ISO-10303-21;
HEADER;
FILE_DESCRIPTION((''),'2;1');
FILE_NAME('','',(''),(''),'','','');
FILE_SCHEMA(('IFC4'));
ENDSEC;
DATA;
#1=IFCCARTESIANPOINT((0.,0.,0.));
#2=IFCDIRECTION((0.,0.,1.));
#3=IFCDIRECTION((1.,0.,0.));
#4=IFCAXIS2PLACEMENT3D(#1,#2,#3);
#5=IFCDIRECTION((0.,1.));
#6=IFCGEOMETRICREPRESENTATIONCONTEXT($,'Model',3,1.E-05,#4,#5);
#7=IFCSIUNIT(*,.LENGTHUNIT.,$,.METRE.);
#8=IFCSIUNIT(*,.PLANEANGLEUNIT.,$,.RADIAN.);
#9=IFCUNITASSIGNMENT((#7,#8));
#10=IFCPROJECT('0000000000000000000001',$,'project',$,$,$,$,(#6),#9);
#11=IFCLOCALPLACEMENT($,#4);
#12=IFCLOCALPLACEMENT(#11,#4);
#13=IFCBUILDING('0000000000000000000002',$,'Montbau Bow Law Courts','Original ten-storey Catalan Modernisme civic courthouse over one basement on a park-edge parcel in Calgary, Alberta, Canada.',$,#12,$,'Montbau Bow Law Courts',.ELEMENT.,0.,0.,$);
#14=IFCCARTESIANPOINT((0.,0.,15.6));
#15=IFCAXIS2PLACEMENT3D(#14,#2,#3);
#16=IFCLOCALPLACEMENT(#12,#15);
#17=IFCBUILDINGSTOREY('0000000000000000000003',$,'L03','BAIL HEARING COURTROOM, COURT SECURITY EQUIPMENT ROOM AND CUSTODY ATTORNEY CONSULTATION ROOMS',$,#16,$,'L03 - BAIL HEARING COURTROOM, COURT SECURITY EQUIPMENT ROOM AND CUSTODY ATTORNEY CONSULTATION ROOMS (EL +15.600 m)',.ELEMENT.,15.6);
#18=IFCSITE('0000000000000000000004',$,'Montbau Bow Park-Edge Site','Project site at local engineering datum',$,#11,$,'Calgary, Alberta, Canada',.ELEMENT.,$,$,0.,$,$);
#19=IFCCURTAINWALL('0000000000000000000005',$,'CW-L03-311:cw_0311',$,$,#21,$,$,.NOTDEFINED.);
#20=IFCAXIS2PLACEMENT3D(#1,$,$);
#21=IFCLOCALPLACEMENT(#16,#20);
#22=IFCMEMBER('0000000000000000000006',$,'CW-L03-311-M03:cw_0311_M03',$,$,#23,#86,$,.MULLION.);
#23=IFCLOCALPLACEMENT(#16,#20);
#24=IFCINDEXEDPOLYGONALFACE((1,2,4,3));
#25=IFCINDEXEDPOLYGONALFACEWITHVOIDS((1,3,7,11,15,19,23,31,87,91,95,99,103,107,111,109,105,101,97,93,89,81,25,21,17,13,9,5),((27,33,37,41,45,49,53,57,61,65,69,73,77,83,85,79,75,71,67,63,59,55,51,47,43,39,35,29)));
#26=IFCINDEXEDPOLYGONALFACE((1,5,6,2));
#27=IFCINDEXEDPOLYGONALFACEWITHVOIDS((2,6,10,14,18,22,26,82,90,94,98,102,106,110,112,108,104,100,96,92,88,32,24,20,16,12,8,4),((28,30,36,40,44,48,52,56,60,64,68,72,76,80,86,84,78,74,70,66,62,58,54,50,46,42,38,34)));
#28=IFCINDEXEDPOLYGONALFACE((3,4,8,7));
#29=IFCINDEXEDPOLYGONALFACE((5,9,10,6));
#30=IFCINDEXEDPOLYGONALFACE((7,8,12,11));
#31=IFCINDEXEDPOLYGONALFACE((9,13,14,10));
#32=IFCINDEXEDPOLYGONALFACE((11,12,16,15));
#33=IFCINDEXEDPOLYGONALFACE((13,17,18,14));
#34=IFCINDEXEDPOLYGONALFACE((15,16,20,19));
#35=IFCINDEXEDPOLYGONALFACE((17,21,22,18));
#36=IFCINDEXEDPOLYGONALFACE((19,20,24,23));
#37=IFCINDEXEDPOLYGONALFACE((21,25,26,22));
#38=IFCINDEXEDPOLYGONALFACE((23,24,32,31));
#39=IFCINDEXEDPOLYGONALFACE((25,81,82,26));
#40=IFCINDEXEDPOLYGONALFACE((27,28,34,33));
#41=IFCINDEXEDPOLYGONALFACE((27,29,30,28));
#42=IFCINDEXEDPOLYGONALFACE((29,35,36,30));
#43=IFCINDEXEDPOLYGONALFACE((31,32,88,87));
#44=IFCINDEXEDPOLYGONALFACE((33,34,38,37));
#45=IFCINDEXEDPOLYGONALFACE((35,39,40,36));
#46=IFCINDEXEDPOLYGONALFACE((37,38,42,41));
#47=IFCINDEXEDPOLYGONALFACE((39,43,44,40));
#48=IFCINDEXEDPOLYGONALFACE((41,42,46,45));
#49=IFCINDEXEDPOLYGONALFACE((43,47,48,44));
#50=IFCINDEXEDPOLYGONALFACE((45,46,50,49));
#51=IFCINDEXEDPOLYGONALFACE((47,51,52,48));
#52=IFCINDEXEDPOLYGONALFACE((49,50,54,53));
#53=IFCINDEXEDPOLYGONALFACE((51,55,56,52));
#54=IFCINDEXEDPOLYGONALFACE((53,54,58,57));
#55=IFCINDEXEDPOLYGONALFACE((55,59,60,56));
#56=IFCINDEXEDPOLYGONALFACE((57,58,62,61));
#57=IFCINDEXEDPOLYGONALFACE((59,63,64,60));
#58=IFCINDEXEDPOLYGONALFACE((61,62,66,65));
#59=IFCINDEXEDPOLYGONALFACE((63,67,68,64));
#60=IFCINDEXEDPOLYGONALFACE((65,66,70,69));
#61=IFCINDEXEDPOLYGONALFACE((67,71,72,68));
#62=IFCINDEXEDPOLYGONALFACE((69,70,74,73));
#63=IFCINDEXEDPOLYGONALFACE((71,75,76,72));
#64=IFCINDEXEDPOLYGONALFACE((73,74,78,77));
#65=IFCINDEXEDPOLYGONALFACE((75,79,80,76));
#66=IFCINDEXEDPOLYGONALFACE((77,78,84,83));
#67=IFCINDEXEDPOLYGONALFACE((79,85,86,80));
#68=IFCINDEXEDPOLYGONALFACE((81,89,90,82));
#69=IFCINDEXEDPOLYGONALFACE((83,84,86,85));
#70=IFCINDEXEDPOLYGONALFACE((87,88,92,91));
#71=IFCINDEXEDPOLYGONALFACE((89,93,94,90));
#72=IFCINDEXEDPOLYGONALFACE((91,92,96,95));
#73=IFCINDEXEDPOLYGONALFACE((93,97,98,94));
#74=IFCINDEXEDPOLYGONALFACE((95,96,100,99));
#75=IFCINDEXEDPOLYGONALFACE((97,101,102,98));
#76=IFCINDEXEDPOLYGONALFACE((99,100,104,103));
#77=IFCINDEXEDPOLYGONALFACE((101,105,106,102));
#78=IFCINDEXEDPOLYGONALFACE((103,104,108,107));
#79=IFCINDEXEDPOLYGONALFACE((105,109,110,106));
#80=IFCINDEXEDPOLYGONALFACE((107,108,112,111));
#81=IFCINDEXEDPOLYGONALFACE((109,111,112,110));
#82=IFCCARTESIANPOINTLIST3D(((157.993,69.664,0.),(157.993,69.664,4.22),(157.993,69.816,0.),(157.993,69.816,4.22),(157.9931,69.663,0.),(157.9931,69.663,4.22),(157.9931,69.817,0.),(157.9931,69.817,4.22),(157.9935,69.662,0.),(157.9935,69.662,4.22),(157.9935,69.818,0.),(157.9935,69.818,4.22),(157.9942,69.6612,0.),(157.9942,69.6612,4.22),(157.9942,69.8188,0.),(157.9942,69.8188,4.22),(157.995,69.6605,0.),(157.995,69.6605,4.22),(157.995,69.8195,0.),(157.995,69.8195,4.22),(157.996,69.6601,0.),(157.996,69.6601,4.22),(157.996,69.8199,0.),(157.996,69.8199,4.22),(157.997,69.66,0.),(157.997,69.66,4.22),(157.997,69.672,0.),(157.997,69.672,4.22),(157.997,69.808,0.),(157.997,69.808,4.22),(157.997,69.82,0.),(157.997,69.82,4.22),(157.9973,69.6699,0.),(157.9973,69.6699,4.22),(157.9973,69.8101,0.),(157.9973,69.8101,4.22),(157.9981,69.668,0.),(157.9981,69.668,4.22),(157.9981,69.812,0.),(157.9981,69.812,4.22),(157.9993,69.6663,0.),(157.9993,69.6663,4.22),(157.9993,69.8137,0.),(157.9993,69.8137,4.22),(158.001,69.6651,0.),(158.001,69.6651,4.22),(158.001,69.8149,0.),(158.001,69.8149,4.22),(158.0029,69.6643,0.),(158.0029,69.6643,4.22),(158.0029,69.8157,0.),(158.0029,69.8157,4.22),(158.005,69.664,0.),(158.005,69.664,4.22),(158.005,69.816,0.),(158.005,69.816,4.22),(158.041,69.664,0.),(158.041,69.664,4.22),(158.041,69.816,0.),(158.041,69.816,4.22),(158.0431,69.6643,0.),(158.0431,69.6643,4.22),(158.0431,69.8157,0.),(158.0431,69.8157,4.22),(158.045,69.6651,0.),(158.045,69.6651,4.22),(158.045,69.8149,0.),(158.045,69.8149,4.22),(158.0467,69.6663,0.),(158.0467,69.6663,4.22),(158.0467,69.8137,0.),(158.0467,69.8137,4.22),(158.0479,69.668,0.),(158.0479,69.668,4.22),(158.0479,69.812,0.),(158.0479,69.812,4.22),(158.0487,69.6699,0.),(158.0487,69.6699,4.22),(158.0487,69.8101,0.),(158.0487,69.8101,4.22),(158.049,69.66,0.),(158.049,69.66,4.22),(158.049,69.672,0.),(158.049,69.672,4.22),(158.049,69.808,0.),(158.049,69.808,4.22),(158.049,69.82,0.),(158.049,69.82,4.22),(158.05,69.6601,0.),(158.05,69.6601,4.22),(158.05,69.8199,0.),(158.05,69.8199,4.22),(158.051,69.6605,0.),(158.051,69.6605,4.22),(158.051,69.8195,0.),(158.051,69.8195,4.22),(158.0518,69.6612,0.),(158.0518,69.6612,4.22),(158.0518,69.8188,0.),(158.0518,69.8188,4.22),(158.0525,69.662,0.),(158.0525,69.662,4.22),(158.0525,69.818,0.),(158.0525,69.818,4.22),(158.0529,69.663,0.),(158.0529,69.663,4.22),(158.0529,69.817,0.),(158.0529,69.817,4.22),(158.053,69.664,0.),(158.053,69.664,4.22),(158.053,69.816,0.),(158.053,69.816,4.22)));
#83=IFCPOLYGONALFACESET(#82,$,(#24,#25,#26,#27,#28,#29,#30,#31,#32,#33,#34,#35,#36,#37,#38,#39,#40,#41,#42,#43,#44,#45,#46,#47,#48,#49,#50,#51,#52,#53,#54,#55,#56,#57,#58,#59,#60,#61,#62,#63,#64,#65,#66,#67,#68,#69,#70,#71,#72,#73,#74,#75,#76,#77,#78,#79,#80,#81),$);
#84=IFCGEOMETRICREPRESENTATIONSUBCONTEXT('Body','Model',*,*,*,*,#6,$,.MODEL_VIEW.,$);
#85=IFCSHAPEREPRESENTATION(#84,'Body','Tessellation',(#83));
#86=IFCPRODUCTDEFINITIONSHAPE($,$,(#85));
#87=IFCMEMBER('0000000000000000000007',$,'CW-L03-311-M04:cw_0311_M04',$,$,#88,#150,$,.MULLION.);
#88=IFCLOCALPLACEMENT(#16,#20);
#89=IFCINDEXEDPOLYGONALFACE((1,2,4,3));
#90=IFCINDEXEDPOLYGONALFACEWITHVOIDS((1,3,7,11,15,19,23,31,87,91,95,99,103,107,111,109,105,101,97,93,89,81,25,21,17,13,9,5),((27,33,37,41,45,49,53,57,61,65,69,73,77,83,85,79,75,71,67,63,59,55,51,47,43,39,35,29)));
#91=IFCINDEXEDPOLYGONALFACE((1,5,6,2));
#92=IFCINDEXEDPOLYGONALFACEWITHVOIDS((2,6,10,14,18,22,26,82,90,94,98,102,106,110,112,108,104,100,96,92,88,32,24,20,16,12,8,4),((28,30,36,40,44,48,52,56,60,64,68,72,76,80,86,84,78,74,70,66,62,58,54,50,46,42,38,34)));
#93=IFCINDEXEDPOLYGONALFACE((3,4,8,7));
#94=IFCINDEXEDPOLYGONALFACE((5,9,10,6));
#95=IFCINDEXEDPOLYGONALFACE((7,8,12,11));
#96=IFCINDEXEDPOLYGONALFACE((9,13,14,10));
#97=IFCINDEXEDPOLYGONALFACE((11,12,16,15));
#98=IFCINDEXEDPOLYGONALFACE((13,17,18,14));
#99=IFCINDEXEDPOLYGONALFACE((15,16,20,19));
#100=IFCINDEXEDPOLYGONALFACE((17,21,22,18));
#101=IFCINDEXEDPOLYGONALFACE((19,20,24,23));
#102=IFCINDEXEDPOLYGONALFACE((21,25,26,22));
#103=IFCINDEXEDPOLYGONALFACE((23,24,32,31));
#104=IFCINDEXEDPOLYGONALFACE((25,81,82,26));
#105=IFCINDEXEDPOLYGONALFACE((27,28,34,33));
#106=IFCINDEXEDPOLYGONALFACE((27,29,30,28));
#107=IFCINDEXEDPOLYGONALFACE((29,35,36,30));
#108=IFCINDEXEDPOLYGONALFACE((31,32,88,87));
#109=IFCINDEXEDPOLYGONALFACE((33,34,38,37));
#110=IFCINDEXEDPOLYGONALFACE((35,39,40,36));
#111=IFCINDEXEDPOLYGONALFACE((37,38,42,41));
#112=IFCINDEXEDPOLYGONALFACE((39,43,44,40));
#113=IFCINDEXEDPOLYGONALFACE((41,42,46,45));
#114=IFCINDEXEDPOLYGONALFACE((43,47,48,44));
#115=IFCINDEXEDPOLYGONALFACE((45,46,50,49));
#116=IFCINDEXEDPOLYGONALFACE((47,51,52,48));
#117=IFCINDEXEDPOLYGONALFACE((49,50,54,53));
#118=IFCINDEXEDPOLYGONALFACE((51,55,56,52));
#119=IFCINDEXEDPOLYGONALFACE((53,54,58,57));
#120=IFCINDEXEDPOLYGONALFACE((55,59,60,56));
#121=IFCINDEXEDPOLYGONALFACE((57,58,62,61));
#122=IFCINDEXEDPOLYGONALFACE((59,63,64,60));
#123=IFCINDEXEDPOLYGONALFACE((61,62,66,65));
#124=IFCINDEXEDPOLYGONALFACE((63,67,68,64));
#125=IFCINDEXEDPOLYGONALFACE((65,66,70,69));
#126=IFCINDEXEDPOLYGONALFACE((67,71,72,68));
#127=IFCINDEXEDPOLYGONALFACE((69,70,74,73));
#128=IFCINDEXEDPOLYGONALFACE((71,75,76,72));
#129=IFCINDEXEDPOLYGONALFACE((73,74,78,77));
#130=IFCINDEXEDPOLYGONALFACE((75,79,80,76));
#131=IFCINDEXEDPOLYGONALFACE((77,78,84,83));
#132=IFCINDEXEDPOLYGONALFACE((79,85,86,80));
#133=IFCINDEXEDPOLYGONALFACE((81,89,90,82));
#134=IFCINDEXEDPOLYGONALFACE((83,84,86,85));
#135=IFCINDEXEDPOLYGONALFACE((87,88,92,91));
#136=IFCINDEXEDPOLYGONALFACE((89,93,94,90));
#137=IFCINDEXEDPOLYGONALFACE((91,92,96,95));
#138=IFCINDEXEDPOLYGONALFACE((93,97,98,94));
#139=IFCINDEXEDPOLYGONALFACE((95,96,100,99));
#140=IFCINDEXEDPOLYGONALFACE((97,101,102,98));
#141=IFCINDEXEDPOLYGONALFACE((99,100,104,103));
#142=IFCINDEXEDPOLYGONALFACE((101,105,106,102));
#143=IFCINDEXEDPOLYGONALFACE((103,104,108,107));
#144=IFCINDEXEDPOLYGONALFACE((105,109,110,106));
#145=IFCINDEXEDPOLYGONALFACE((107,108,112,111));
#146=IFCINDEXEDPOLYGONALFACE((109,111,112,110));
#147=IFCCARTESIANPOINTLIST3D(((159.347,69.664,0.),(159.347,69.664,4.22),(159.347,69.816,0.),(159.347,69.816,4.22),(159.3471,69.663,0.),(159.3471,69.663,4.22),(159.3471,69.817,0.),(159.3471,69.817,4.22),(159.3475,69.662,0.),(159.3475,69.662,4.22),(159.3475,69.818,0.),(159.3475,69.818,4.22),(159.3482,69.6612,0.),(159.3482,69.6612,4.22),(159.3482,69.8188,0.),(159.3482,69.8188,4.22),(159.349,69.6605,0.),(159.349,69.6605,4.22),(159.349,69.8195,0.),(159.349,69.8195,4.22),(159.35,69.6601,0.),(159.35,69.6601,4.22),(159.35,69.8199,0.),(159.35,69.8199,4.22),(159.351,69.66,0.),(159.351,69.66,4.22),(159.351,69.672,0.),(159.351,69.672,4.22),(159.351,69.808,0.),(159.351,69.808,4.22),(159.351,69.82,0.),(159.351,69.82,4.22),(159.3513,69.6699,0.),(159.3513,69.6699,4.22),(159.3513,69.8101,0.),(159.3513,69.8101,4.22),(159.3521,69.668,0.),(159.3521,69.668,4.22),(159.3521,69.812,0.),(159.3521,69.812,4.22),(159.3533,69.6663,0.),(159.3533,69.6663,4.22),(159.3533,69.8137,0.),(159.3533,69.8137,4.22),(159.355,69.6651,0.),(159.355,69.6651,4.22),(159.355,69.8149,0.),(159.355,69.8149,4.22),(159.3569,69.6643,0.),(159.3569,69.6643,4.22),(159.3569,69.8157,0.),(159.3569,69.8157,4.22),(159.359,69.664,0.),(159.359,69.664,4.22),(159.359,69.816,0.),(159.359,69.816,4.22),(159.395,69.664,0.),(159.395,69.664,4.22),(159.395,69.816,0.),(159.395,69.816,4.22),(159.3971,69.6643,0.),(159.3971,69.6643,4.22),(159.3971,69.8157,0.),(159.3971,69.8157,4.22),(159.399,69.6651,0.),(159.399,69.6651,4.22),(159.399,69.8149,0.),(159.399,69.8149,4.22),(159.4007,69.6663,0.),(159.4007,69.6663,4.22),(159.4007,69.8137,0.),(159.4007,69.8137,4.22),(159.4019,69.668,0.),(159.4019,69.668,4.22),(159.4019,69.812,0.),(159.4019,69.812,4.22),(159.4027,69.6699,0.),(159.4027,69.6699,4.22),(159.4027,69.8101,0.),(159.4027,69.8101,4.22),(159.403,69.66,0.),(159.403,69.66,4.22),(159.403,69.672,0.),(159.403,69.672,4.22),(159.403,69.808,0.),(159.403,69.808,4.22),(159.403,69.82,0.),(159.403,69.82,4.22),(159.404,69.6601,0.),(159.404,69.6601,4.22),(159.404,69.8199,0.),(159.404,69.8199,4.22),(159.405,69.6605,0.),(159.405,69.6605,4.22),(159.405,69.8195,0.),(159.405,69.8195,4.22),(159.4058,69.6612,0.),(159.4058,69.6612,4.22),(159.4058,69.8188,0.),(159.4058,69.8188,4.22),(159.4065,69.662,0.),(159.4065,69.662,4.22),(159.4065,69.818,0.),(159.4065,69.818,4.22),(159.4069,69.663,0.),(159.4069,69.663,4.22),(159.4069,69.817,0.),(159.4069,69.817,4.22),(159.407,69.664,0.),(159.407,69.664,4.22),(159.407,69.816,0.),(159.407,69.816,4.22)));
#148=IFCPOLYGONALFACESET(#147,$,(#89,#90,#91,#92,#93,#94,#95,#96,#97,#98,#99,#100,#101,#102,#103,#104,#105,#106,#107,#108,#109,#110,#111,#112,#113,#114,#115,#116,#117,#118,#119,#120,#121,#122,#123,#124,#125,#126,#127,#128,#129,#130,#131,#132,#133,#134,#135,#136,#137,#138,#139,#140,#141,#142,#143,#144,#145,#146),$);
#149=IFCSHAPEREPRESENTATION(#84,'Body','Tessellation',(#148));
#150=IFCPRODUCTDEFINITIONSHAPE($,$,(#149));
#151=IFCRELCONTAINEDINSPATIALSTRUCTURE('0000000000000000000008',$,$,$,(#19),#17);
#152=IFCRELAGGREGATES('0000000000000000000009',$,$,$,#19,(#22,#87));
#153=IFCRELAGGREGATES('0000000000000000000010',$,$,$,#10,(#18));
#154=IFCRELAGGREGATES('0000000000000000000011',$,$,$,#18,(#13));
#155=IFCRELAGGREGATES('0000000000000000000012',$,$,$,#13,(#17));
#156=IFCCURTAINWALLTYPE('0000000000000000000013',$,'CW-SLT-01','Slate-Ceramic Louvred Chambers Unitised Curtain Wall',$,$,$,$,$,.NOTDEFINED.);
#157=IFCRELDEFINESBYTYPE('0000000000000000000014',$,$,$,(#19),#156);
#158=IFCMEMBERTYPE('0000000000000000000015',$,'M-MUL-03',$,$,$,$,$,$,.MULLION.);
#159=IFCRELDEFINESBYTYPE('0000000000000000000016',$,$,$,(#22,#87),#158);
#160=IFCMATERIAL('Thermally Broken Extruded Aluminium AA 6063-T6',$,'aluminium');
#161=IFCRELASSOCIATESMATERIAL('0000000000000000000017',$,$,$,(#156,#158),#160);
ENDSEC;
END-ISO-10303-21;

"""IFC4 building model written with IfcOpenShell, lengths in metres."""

from ifc_helpers import new_model, si_unit, direction, frame, origin_with_axes, origin_2d_with_axis, place, context, subcontext, project, spatial, hollow_rectangle, extrude, material, material_profile, profile_set, type_object, element, aggregate, save


model = new_model("IFC4")

# Units and contexts
model_context = context("Model", 3, precision=1e-05, world=origin_with_axes(), true_north=direction((0.0, 1.0)))
body_context = subcontext(model_context, "Body", "Model", "MODEL_VIEW")
ifc_project = project(units=[si_unit("LENGTHUNIT", "METRE"), si_unit("PLANEANGLEUNIT", "RADIAN")], contexts=[model_context])

# Site, building, storey
site_placement = place(None, origin_with_axes())
site = spatial("IfcSite", under=ifc_project, at=site_placement, Name="Montbau Bow Park-Edge Site", Description="Project site at local engineering datum", LongName="Calgary, Alberta, Canada", CompositionType="ELEMENT", RefElevation=0.0)
building_placement = place(site_placement, origin_with_axes())
building = spatial("IfcBuilding", under=site, at=building_placement, Name="Montbau Bow Law Courts", Description="Original ten-storey Catalan Modernisme civic courthouse over one basement on a park-edge parcel in Calgary, Alberta, Canada.", LongName="Montbau Bow Law Courts", CompositionType="ELEMENT", ElevationOfRefHeight=0.0, ElevationOfTerrain=0.0)
storey_placement = place(building_placement, frame((0.0, 0.0, 15.6), z_axis=(0.0, 0.0, 1.0), x_axis=(1.0, 0.0, 0.0)))
storey = spatial("IfcBuildingStorey", under=building, at=storey_placement, Name="L03", Description="BAIL HEARING COURTROOM, COURT SECURITY EQUIPMENT ROOM AND CUSTODY ATTORNEY CONSULTATION ROOMS", LongName="L03 - BAIL HEARING COURTROOM, COURT SECURITY EQUIPMENT ROOM AND CUSTODY ATTORNEY CONSULTATION ROOMS (EL +15.600 m)", CompositionType="ELEMENT", Elevation=15.6)

# Curtain wall, members
ifc_material_1 = material(Name="Thermally Broken Extruded Aluminium AA 6063-T6", Category="aluminium")
curtain_wall_type = type_object("IfcCurtainWallType", Name="CW-SLT-01", Description="Slate-Ceramic Louvred Chambers Unitised Curtain Wall", PredefinedType="NOTDEFINED", material=ifc_material_1)
curtain_wall_placement = place(None, frame((155.315, 69.74, 15.6), z_axis=(0.0, 0.0, 1.0), x_axis=(1.0, 0.0, 0.0)))
curtain_wall = element("IfcCurtainWall", 1, at=curtain_wall_placement, inside=storey, type_object=curtain_wall_type, Name="CW-L03-311:cw_0311", PredefinedType="NOTDEFINED")
ifc_material_profile_1 = material_profile(ifc_material_1, hollow_rectangle(XDim=0.06, YDim=0.16, WallThickness=0.004, InnerFilletRadius=0.008, OuterFilletRadius=0.004, at=origin_2d_with_axis()), Name="CWM-160X60", Category="Main", Priority=0)
ifc_profile_set_1 = profile_set([ifc_material_profile_1], Name="Thermally Broken Extruded Aluminium AA 6063-T6")
member_type_1 = type_object("IfcMemberType", Name="M-MUL-03", PredefinedType="MULLION", material=ifc_profile_set_1)
member_1_placement = place(None, frame((158.023, 69.74, 15.6), z_axis=(0.0, 0.0, 1.0), x_axis=(1.0, 0.0, 0.0)))
member_1 = element("IfcMember", 2, at=member_1_placement, type_object=member_type_1, Name="CW-L03-311-M03:cw_0311_M03", PredefinedType="MULLION", context=body_context, shape_type="SweptSolid", body=[
    extrude(hollow_rectangle(XDim=0.06, YDim=0.16, WallThickness=0.004, InnerFilletRadius=0.008, OuterFilletRadius=0.004, at=origin_2d_with_axis()), origin_with_axes(), (0.0, 0.0, 1.0), 4.22),
])
member_2_placement = place(None, frame((159.377, 69.74, 15.6), z_axis=(0.0, 0.0, 1.0), x_axis=(1.0, 0.0, 0.0)))
member_2 = element("IfcMember", 3, at=member_2_placement, type_object=member_type_1, Name="CW-L03-311-M04:cw_0311_M04", PredefinedType="MULLION", context=body_context, shape_type="SweptSolid", body=[
    extrude(hollow_rectangle(XDim=0.06, YDim=0.16, WallThickness=0.004, InnerFilletRadius=0.008, OuterFilletRadius=0.004, at=origin_2d_with_axis()), origin_with_axes(), (0.0, 0.0, 1.0), 4.22),
])
aggregate(curtain_wall, [member_1, member_2])

save(model, "model.ifc")
